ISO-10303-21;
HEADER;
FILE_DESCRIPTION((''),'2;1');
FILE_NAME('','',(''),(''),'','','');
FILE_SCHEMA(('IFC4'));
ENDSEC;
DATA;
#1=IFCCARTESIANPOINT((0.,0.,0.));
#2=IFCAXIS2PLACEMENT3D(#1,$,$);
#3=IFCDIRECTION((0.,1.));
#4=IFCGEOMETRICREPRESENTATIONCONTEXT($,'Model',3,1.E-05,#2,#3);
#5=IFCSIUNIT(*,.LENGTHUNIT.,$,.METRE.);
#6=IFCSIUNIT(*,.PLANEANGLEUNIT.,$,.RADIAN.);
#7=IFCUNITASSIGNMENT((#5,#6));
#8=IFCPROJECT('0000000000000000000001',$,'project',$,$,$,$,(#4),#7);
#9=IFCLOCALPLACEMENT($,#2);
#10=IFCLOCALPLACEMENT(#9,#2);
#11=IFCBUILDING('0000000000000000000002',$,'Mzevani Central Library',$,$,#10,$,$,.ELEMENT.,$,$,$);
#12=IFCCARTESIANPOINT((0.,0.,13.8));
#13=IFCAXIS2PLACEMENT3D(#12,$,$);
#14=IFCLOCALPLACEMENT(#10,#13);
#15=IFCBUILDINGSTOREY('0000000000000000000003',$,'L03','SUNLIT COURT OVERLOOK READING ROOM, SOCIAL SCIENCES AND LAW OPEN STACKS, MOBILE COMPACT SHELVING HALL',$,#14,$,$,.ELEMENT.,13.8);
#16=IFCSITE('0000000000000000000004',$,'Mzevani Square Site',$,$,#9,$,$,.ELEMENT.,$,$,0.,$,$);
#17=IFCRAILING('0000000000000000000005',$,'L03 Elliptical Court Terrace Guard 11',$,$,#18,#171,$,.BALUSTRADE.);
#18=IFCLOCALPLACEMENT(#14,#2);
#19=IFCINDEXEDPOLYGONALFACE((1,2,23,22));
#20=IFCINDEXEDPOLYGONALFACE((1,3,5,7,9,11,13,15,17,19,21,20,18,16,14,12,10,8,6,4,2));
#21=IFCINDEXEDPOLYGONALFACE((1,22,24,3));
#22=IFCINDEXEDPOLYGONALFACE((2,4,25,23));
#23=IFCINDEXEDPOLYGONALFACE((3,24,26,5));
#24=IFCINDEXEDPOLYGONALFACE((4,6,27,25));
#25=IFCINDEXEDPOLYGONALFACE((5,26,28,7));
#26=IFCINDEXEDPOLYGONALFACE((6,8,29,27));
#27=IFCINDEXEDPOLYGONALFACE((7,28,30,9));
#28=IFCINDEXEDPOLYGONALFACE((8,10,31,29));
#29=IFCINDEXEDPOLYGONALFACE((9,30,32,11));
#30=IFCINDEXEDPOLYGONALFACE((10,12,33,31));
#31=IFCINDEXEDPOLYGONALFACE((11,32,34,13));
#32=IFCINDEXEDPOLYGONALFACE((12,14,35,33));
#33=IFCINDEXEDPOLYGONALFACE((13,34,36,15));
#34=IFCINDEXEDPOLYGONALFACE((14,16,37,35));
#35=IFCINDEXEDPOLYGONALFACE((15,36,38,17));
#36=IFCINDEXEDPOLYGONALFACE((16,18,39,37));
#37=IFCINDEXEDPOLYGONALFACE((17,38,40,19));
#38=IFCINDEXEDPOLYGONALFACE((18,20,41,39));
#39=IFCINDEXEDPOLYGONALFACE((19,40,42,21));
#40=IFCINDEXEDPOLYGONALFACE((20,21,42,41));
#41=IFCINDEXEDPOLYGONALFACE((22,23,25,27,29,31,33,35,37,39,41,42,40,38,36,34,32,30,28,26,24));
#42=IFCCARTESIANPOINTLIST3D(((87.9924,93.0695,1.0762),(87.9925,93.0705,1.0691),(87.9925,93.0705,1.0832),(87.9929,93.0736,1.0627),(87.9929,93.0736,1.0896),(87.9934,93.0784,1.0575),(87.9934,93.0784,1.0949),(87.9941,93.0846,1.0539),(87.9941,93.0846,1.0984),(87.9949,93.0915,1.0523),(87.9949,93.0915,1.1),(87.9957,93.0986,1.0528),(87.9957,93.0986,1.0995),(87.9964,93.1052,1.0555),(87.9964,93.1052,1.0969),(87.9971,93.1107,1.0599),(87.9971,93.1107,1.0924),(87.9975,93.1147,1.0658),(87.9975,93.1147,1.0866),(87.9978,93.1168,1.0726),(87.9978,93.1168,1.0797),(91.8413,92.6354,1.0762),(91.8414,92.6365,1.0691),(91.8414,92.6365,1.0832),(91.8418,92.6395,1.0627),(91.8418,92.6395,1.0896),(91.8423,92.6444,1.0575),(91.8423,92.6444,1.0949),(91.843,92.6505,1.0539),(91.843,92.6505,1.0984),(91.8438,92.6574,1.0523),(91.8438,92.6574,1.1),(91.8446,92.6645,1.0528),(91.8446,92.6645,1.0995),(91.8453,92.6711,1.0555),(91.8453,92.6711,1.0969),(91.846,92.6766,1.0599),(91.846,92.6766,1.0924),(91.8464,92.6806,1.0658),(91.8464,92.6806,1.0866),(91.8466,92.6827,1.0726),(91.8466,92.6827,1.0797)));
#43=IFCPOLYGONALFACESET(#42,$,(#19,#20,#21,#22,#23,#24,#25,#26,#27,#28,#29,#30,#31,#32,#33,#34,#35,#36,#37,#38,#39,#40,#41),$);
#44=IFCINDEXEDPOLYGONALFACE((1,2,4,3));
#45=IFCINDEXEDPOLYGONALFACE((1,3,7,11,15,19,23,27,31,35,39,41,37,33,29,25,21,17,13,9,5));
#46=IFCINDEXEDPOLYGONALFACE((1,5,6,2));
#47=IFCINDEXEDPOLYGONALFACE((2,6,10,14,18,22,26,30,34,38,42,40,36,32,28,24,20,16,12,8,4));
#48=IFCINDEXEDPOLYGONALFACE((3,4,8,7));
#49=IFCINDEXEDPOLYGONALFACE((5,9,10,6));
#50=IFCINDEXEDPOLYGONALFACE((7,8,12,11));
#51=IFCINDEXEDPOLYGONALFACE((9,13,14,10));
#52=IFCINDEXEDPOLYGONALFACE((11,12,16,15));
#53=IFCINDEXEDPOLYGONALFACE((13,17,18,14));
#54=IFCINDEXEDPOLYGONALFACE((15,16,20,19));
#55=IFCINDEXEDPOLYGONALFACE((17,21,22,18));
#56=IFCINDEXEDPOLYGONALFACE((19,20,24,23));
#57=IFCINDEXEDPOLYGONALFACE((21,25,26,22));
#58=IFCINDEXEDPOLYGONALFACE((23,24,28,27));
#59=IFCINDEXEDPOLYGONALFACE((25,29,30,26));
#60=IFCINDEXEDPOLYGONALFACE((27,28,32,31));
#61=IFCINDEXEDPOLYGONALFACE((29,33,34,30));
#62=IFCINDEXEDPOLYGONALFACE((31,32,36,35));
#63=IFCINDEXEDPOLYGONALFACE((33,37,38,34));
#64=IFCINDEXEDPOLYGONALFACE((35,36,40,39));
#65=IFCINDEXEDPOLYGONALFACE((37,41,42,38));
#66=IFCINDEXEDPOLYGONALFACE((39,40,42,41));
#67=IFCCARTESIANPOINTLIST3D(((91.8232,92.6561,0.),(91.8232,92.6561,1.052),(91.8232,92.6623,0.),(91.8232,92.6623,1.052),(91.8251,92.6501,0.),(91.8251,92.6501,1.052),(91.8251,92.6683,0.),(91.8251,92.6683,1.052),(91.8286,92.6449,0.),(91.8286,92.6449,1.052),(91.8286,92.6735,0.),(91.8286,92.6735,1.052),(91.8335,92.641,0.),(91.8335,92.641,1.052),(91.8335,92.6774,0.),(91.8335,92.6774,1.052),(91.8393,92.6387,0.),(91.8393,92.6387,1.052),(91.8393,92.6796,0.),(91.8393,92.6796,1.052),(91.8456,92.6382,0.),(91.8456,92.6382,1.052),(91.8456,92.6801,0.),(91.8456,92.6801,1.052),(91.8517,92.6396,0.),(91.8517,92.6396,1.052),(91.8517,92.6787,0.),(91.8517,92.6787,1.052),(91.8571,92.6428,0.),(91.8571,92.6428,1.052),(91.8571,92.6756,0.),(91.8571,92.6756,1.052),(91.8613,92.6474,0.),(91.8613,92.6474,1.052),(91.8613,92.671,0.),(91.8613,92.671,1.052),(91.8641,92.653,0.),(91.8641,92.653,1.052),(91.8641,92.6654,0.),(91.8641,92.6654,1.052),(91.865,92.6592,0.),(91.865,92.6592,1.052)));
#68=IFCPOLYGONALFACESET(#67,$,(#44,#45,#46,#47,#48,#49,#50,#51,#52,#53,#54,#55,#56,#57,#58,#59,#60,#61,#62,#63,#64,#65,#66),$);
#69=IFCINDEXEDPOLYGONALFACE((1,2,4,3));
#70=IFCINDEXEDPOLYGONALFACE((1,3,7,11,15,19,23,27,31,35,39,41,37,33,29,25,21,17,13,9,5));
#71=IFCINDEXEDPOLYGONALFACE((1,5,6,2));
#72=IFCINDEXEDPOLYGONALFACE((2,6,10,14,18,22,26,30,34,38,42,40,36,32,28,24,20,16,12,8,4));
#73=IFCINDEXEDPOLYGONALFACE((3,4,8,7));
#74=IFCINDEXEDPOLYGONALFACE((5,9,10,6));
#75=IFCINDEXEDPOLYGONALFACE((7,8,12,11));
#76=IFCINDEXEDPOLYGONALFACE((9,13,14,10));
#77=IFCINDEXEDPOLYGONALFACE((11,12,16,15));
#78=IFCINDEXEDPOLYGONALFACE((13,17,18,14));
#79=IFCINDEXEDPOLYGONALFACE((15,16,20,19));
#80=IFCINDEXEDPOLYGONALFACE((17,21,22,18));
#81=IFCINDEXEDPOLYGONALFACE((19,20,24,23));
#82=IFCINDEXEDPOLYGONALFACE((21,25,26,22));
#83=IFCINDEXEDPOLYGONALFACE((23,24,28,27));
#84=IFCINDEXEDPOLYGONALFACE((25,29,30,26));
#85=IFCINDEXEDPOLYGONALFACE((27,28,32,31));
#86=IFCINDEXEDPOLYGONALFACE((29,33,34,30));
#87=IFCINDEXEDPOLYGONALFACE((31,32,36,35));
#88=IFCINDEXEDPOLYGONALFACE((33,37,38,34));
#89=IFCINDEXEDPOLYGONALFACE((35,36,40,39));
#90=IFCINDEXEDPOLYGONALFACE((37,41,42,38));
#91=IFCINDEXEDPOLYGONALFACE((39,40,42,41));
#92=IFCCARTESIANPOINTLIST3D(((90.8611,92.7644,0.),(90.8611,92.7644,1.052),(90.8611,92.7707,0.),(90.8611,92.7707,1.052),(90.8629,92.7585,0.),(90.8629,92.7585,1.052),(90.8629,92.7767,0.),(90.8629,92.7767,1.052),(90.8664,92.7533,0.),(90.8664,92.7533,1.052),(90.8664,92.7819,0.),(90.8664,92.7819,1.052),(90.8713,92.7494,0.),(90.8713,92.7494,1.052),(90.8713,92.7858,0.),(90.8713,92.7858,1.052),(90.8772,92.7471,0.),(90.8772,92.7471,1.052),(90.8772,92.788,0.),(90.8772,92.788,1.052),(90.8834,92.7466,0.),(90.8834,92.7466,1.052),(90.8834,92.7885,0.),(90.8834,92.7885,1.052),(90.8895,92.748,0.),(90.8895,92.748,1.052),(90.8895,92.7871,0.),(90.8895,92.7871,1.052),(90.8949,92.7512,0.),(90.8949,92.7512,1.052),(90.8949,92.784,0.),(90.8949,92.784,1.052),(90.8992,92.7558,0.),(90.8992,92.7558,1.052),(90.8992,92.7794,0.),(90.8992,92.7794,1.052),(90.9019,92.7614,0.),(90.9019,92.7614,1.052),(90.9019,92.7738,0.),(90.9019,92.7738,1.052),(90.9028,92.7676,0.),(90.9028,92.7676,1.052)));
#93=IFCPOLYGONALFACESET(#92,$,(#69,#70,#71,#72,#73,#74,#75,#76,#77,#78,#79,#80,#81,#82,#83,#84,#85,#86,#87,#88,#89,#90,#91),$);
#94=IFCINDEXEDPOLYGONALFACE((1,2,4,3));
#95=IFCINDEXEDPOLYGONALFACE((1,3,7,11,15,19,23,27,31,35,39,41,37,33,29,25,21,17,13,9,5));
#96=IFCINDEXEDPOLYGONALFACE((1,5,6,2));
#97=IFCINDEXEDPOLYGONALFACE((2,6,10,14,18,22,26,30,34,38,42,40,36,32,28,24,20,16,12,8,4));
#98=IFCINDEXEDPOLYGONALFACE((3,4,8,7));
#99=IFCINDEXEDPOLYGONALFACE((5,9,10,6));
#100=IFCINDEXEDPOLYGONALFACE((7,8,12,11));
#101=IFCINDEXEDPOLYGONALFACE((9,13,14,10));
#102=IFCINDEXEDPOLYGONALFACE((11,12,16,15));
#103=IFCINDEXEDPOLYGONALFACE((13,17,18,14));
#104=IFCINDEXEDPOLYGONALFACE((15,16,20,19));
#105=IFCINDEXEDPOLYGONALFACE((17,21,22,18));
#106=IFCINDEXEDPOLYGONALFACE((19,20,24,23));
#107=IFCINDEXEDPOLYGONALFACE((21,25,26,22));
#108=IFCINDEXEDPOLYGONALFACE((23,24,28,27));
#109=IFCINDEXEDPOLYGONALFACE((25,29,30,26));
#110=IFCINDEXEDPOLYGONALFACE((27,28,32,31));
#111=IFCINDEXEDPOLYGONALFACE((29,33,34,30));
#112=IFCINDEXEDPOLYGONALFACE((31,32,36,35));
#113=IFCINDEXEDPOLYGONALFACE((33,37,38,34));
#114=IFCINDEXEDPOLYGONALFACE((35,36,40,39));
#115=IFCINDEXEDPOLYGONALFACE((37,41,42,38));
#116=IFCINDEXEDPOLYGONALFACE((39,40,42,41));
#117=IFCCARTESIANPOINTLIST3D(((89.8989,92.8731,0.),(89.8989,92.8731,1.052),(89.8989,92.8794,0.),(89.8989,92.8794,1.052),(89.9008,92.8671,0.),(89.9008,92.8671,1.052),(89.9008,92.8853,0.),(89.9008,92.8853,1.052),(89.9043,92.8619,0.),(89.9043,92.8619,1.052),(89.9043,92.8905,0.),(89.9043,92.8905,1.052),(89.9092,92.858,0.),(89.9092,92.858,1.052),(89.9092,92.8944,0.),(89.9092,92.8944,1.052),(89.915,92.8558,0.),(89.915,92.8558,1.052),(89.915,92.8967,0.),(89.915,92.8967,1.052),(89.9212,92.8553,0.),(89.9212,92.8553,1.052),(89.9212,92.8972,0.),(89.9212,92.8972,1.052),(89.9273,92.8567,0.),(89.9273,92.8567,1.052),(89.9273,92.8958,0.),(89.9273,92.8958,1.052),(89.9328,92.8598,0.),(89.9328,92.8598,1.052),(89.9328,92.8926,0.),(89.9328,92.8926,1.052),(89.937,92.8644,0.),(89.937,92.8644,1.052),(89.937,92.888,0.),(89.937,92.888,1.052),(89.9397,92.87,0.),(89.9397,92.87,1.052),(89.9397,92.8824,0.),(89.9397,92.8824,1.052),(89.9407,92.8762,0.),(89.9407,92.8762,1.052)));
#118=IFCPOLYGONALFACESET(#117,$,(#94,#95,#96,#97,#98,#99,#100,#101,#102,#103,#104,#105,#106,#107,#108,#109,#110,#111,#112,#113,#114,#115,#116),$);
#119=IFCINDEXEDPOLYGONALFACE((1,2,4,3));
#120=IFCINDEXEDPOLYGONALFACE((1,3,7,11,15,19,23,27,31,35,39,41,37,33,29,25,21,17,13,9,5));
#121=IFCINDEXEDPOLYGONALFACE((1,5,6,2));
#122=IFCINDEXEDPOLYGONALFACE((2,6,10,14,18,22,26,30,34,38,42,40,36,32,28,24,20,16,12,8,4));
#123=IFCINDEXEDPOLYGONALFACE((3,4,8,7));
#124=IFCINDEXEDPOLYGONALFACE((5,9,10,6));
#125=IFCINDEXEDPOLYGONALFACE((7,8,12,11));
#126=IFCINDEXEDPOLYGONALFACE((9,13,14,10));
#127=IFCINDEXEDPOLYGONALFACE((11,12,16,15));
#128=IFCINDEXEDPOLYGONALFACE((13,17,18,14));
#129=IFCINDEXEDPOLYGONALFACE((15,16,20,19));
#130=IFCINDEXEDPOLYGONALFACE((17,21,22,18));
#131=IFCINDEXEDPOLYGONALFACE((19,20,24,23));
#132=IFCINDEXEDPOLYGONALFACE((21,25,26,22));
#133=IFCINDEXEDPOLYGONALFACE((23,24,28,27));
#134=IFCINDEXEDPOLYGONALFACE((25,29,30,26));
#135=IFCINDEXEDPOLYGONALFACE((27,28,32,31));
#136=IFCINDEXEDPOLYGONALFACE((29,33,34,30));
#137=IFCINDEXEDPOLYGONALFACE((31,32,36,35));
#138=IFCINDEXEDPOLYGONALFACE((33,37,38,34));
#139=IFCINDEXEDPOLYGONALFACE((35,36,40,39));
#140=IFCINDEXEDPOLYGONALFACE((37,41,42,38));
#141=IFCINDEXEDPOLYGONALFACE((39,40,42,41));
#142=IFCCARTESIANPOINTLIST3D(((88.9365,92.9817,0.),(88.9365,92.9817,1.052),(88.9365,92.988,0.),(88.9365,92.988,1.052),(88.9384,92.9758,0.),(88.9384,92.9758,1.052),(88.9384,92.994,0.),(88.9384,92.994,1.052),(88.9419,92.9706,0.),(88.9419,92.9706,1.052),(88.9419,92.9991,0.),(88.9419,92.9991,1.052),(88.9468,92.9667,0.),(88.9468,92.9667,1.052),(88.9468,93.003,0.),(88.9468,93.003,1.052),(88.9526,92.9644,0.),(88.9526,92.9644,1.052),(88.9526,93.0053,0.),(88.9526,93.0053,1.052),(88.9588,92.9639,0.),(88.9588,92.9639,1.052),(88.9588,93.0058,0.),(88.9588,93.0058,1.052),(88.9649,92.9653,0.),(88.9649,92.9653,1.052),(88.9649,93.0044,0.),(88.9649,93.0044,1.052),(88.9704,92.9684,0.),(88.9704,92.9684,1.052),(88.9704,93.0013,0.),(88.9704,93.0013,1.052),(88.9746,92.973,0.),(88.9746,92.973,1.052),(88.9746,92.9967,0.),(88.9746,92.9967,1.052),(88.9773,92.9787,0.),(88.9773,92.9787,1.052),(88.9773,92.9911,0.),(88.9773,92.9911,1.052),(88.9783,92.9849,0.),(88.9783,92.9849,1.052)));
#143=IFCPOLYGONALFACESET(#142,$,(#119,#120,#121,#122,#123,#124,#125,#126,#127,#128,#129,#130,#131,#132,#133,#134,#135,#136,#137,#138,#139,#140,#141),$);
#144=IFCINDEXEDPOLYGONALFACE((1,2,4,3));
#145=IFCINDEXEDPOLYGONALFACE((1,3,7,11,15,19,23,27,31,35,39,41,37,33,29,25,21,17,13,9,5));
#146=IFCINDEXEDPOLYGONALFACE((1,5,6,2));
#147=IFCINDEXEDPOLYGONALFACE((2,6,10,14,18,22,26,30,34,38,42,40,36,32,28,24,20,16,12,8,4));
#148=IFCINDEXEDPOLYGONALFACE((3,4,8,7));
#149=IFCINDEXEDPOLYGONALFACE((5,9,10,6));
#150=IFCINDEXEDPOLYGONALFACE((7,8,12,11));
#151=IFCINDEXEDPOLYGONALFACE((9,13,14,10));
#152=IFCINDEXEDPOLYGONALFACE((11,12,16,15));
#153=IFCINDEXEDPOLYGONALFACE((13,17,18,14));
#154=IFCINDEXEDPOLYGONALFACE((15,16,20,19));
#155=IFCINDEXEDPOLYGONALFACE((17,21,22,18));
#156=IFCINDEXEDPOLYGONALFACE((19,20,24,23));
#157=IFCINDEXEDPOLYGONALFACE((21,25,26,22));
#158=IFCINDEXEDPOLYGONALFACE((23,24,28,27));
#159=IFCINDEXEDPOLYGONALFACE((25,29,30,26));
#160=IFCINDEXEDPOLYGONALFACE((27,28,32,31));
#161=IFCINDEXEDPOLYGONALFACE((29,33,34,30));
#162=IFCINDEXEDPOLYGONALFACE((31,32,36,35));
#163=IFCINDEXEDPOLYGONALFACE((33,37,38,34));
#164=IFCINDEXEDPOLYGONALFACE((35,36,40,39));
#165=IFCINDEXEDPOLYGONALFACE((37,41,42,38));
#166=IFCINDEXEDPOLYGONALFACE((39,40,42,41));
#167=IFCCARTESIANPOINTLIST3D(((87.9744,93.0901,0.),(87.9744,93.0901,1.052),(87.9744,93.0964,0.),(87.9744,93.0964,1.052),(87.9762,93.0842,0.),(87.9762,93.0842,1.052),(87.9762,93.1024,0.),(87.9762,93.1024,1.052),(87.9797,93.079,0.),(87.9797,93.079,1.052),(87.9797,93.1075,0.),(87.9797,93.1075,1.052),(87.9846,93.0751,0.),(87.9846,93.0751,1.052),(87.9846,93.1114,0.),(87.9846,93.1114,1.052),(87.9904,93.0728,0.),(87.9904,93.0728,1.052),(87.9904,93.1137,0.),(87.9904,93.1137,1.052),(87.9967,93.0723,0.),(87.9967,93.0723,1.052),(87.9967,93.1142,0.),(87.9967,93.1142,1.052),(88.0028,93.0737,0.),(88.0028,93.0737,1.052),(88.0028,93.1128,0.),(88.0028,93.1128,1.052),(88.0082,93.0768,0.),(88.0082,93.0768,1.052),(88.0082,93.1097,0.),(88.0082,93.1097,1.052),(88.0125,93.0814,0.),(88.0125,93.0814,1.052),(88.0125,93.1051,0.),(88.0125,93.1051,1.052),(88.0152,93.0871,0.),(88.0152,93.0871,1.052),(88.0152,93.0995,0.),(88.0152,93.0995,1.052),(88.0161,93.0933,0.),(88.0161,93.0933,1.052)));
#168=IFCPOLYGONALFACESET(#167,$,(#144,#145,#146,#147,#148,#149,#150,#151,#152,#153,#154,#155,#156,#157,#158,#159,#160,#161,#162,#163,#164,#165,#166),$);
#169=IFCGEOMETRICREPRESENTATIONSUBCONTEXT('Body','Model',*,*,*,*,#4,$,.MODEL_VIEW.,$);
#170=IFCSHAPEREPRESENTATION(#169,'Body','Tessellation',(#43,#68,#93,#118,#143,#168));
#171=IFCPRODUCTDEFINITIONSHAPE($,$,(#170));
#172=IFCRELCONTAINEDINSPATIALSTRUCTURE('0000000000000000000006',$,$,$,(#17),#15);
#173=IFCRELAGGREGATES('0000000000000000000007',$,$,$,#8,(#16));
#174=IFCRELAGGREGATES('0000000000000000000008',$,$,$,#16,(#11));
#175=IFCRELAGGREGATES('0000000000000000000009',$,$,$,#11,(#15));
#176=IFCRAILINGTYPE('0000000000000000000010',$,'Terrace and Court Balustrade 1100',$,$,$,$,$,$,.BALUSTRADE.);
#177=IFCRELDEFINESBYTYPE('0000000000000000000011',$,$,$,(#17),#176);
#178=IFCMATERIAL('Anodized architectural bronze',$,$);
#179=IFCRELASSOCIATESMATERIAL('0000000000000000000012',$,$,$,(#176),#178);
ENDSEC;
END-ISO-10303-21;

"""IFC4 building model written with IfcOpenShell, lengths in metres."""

from ifc_helpers import new_model, si_unit, direction, frame, origin, origin_2d, place, context, subcontext, project, spatial, circle, extrude, material, type_object, element, save


model = new_model("IFC4")

# Units and contexts
model_context = context("Model", 3, precision=1e-05, world=origin(), true_north=direction((0.0, 1.0)))
body_context = subcontext(model_context, "Body", "Model", "MODEL_VIEW")
ifc_project = project(units=[si_unit("LENGTHUNIT", "METRE"), si_unit("PLANEANGLEUNIT", "RADIAN")], contexts=[model_context])

# Site, building, storey
site_placement = place(None, origin())
site = spatial("IfcSite", under=ifc_project, at=site_placement, Name="Mzevani Square Site", CompositionType="ELEMENT", RefElevation=0.0)
building_placement = place(site_placement, origin())
building = spatial("IfcBuilding", under=site, at=building_placement, Name="Mzevani Central Library", CompositionType="ELEMENT")
storey_placement = place(building_placement, frame((0.0, 0.0, 13.8)))
storey = spatial("IfcBuildingStorey", under=building, at=storey_placement, Name="L03", Description="SUNLIT COURT OVERLOOK READING ROOM, SOCIAL SCIENCES AND LAW OPEN STACKS, MOBILE COMPACT SHELVING HALL", CompositionType="ELEMENT", Elevation=13.8)

# Railing
ifc_material_1 = material(Name="Anodized architectural bronze")
railing_type = type_object("IfcRailingType", Name="Terrace and Court Balustrade 1100", PredefinedType="BALUSTRADE", material=ifc_material_1)
railing_1_placement = place(storey_placement, frame((91.844, 92.6592, 0.0)))
element("IfcRailing", 1, at=railing_1_placement, inside=storey, type_object=railing_type, Name="L03 Elliptical Court Terrace Guard 11", PredefinedType="BALUSTRADE", context=body_context, shape_type="SweptSolid", body=[
    extrude(circle(Radius=0.0239, at=origin_2d()), frame((0.0, 0.0, 1.0762), z_axis=(-0.9937, 0.112071, 0.0), x_axis=(-0.112071, -0.9937, 0.0)), (0.0, 0.0, 1.0), 3.8733),
    extrude(circle(Radius=0.021, at=origin_2d()), origin(), (0.0, 0.0, 1.0), 1.052),
    extrude(circle(Radius=0.021, at=origin_2d()), frame((-0.9622, 0.1084, 0.0)), (0.0, 0.0, 1.0), 1.052),
    extrude(circle(Radius=0.021, at=origin_2d()), frame((-1.9243, 0.217, 0.0)), (0.0, 0.0, 1.0), 1.052),
    extrude(circle(Radius=0.021, at=origin_2d()), frame((-2.8867, 0.3257, 0.0)), (0.0, 0.0, 1.0), 1.052),
    extrude(circle(Radius=0.021, at=origin_2d()), frame((-3.8489, 0.4341, 0.0)), (0.0, 0.0, 1.0), 1.052),
])

save(model, "model.ifc")
